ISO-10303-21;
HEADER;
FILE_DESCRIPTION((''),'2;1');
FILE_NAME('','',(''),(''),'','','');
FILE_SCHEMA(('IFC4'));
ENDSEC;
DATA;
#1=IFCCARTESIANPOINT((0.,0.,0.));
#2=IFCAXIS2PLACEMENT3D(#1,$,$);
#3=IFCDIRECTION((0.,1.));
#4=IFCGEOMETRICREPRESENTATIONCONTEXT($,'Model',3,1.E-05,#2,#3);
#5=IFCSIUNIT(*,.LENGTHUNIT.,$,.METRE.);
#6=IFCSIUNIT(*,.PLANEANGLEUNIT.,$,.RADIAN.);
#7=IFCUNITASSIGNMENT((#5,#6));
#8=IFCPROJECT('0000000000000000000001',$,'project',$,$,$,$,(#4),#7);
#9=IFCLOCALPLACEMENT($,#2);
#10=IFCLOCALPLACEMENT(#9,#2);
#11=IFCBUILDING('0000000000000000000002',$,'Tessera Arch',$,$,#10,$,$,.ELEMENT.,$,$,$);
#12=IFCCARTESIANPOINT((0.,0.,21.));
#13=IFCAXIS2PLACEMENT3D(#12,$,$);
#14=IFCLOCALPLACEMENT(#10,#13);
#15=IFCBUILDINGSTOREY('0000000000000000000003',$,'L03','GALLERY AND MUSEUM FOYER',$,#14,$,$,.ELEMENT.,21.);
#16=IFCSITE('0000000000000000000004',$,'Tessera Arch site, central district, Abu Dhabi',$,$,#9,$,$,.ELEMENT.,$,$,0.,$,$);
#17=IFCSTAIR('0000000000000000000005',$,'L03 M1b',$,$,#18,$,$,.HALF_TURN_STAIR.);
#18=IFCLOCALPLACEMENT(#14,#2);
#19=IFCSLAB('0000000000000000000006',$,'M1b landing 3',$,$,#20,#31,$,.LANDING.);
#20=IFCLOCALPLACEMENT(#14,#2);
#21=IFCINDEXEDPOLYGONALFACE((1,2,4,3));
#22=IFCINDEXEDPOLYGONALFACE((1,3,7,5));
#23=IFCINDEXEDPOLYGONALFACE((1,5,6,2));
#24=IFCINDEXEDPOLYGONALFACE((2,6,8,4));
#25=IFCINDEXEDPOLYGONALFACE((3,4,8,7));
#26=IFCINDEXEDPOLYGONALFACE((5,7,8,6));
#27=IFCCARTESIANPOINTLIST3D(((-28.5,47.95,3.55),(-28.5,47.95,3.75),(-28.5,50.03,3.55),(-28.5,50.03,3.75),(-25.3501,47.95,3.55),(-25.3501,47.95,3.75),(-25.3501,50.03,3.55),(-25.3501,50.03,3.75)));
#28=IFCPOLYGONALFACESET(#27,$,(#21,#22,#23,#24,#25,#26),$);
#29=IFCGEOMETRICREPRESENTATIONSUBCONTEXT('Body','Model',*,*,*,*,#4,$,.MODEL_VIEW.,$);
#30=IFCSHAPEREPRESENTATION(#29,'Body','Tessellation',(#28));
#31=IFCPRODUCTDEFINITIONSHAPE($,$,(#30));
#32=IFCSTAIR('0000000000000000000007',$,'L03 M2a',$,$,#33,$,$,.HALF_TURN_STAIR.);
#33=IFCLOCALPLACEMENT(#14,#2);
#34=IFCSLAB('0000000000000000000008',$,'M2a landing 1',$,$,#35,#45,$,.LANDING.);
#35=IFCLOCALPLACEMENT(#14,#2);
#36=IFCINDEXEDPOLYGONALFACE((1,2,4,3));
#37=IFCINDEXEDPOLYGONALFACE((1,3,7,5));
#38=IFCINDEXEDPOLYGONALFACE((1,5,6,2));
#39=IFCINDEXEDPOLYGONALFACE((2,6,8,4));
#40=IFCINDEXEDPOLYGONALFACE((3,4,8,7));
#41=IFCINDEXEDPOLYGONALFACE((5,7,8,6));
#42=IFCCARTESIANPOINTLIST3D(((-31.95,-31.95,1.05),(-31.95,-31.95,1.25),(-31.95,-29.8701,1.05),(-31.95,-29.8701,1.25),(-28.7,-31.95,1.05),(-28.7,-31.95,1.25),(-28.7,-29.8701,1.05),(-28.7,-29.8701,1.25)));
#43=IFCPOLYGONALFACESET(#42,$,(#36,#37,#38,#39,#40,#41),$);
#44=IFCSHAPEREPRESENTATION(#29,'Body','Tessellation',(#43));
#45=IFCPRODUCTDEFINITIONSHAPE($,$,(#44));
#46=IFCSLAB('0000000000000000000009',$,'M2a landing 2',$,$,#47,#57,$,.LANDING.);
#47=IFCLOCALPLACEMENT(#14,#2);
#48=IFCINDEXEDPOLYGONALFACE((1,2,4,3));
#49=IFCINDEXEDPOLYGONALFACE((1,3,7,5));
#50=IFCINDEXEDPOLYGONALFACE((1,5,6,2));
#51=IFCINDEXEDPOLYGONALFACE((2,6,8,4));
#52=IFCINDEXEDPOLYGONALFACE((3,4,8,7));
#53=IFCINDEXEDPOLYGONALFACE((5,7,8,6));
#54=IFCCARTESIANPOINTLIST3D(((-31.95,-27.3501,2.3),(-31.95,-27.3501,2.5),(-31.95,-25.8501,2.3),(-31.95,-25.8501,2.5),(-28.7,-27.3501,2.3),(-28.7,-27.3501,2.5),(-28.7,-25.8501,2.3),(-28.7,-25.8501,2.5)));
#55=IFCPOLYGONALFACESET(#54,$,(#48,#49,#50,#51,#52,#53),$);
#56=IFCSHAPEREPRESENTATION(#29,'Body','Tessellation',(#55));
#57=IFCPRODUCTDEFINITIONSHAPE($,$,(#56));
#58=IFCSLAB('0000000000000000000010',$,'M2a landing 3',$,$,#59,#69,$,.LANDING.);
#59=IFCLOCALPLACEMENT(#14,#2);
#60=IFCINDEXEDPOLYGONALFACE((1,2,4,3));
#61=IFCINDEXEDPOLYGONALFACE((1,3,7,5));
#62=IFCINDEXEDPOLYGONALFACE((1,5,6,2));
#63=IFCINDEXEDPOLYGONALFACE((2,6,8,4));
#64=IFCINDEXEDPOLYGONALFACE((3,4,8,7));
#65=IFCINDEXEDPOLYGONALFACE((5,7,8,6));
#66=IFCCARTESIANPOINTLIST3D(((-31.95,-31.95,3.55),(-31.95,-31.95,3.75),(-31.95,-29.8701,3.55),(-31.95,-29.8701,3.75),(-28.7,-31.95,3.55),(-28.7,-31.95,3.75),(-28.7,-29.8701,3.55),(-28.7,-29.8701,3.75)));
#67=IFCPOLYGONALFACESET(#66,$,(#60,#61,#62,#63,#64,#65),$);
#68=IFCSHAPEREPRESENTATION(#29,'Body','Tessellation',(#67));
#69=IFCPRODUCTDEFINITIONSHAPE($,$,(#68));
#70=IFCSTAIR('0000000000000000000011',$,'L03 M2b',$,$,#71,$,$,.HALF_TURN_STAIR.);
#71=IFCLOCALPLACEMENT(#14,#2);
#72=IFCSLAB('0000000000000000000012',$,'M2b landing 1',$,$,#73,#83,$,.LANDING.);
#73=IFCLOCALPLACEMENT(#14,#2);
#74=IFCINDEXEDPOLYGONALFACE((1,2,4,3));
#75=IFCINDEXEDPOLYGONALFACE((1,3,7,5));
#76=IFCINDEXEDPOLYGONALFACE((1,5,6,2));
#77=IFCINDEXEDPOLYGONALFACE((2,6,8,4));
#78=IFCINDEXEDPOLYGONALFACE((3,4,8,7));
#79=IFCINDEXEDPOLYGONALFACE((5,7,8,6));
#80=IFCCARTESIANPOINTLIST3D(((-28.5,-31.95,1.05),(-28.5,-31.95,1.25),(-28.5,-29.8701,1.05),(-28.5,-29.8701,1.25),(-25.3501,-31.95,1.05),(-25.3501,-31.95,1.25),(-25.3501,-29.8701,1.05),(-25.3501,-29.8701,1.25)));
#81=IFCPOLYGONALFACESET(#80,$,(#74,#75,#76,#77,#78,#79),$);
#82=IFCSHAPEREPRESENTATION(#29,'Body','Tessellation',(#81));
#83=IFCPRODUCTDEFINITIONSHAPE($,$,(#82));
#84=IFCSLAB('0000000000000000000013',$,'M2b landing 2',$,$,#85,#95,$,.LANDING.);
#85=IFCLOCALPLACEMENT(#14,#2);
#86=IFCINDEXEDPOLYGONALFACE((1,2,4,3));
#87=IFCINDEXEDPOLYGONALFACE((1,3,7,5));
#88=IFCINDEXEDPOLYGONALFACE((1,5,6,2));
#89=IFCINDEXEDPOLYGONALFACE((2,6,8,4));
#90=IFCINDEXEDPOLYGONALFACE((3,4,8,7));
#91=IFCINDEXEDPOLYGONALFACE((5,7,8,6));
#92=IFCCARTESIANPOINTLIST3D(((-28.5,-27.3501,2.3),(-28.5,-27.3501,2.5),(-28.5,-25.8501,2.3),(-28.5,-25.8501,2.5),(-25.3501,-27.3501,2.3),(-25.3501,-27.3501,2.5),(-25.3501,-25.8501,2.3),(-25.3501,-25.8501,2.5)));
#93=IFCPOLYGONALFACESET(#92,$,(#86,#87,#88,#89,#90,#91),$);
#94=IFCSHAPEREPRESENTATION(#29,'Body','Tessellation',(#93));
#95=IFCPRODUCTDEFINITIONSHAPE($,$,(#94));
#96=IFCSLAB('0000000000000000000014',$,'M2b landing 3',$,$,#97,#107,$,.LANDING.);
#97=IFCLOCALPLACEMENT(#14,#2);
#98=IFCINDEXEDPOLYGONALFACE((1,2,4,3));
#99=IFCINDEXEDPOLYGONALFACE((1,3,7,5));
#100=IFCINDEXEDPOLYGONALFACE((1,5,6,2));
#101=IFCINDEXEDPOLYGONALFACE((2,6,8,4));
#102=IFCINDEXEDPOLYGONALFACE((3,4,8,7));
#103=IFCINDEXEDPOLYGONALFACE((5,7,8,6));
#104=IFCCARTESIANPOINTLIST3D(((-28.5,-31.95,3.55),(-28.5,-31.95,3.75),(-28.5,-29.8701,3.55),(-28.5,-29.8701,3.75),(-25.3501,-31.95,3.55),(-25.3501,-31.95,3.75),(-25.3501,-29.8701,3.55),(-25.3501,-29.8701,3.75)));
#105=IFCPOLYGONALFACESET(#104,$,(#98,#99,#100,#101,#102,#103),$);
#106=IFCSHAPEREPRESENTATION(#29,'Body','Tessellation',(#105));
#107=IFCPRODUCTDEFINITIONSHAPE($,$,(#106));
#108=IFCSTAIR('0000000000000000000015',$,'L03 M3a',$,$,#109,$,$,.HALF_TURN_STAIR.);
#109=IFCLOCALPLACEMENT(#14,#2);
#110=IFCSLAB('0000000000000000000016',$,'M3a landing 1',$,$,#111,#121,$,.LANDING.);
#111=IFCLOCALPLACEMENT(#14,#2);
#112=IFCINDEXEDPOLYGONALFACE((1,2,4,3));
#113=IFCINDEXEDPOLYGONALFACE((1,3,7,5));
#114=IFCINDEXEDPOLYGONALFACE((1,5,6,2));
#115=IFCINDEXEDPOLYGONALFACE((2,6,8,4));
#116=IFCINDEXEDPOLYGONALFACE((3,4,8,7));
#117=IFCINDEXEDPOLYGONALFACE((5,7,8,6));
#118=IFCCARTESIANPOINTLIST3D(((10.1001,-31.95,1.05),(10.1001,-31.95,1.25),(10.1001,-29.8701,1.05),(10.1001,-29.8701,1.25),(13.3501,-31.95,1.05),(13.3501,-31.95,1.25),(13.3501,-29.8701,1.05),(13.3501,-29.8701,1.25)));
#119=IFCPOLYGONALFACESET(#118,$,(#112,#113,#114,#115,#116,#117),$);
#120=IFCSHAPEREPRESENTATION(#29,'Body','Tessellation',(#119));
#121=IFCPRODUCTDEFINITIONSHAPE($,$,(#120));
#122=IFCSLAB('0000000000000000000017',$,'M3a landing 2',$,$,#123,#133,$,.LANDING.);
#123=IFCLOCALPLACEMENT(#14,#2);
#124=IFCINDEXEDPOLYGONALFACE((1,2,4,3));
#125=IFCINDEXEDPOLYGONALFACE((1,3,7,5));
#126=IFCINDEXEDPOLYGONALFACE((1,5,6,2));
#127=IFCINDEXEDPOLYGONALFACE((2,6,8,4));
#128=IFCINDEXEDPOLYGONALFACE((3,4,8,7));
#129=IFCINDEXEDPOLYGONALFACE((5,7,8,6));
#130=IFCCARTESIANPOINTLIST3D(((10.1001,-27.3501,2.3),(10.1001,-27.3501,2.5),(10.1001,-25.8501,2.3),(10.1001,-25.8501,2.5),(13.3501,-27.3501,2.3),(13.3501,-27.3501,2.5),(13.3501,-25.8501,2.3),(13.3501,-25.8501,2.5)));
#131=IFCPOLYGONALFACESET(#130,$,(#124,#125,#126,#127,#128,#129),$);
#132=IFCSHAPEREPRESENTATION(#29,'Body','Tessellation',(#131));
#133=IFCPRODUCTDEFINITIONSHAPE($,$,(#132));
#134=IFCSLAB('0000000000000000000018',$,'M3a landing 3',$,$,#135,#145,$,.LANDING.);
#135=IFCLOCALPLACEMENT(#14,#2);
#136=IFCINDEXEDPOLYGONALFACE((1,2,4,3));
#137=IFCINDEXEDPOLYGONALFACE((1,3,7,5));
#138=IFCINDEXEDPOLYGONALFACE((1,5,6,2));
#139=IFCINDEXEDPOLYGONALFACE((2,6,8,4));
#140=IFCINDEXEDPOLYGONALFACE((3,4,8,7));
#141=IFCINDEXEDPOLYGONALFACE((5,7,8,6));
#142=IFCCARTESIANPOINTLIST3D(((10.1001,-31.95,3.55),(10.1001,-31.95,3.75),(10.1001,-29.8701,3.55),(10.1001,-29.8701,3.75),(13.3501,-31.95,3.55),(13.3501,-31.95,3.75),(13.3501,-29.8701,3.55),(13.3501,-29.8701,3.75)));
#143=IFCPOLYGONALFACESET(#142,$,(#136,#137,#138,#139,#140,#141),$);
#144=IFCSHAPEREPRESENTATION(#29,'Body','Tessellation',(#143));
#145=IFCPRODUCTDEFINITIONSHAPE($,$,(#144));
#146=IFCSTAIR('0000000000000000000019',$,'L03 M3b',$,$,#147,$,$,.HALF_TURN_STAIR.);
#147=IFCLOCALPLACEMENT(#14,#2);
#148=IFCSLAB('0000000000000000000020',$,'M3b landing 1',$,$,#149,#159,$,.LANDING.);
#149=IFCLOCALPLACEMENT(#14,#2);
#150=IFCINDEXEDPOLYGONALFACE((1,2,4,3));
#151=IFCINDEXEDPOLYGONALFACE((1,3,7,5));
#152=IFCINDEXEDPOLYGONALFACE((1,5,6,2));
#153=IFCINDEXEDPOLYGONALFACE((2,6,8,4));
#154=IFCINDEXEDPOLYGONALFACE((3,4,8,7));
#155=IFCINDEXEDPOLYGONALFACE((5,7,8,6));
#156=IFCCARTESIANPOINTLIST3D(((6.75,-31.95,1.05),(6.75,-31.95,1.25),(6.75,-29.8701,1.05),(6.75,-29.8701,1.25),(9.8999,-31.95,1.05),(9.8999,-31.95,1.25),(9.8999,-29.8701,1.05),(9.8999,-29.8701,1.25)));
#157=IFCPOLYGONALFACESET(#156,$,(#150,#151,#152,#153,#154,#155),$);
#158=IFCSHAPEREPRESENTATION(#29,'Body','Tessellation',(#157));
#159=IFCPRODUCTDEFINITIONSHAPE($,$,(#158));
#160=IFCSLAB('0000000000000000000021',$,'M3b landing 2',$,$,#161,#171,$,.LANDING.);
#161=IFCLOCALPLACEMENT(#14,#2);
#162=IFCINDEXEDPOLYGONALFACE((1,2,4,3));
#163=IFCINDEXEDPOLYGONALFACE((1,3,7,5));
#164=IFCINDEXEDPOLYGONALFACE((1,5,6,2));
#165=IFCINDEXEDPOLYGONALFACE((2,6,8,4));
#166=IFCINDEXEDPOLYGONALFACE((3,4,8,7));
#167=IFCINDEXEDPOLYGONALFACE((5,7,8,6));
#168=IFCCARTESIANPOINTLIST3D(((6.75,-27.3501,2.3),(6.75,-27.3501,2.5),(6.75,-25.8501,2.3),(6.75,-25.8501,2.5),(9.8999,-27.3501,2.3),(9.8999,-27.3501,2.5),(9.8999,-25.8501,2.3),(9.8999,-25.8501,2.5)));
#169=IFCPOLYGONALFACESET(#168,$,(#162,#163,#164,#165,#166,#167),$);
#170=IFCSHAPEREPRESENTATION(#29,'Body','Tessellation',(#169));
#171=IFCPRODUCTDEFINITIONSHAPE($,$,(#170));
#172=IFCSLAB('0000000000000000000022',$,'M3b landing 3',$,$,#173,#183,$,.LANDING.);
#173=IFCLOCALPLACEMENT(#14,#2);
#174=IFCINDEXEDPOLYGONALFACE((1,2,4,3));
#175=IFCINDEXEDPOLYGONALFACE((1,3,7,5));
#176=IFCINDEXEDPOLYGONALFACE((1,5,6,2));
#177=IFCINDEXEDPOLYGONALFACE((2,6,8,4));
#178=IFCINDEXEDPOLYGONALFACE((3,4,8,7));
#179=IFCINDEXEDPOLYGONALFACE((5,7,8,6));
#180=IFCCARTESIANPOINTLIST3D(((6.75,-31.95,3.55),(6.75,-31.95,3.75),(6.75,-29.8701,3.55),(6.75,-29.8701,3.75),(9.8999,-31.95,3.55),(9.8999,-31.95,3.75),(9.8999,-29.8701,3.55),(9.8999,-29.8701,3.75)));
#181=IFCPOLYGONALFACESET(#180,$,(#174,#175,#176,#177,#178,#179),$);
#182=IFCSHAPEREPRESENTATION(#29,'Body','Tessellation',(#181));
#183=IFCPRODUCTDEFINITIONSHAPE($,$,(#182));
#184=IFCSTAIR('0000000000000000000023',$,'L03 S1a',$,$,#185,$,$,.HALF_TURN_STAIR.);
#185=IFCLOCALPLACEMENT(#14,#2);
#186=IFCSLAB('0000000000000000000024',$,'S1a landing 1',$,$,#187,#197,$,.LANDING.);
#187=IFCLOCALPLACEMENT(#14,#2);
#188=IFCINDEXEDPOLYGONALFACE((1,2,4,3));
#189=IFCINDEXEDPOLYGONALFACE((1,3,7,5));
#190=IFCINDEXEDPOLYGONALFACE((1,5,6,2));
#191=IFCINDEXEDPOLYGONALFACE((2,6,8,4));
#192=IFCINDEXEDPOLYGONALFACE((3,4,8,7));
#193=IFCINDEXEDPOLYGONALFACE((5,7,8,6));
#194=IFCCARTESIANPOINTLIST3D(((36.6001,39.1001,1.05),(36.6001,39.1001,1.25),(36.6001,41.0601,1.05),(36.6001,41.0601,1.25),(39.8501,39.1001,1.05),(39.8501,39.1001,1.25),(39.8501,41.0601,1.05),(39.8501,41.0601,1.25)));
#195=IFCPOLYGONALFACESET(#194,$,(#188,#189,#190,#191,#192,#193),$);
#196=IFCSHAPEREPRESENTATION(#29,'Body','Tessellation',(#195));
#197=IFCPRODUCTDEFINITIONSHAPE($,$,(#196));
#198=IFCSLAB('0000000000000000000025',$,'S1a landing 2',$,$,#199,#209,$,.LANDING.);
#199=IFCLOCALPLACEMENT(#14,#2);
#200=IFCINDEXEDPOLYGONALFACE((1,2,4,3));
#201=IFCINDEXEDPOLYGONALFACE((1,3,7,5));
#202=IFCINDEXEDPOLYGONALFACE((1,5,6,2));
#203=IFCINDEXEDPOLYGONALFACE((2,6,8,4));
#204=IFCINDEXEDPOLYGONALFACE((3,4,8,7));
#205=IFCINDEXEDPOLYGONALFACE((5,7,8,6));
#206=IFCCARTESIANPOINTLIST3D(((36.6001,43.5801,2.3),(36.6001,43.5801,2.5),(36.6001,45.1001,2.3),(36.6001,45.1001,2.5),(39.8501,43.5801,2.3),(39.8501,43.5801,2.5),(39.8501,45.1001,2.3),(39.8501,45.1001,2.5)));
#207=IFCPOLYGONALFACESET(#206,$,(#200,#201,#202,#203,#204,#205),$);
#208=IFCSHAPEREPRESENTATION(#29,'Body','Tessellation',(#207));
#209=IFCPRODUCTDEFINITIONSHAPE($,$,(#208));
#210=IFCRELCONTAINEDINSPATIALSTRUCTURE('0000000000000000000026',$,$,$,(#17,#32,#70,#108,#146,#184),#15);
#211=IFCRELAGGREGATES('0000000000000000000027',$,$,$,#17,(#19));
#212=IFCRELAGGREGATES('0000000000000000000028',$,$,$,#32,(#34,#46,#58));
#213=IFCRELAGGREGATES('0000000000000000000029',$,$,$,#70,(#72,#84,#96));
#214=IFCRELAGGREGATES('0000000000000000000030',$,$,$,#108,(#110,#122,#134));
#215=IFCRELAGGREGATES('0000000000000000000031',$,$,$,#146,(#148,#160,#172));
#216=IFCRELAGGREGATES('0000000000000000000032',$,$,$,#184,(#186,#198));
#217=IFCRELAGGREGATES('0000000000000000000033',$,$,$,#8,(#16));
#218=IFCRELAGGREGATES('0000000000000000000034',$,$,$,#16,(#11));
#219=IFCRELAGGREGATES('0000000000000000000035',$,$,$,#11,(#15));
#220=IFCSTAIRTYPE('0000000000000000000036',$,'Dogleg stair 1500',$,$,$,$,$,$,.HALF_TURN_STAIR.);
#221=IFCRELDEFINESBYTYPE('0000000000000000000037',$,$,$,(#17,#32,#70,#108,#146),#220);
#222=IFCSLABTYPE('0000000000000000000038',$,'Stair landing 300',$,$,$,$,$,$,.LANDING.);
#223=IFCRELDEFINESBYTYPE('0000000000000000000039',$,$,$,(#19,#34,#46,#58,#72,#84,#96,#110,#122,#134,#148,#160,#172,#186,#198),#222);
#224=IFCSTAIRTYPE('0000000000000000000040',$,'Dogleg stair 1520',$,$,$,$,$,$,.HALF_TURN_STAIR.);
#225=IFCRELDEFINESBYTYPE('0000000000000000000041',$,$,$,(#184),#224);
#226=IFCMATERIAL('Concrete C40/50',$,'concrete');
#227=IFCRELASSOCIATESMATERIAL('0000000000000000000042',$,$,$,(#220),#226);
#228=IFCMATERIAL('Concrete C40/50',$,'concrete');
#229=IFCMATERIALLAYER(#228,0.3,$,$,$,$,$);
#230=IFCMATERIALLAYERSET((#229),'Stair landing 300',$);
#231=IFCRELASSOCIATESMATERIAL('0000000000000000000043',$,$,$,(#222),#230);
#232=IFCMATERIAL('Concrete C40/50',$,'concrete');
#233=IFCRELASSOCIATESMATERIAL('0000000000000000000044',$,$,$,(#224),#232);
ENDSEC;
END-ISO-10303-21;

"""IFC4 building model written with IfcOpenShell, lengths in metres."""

from ifc_helpers import new_model, si_unit, direction, frame, origin, place, context, subcontext, project, spatial, polyline, outline, extrude, material, layer, layer_set, type_object, element, aggregate, save


model = new_model("IFC4")

# Units and contexts
model_context = context("Model", 3, precision=1e-05, world=origin(), true_north=direction((0.0, 1.0)))
body_context = subcontext(model_context, "Body", "Model", "MODEL_VIEW")
ifc_project = project(units=[si_unit("LENGTHUNIT", "METRE"), si_unit("PLANEANGLEUNIT", "RADIAN")], contexts=[model_context])

# Site, building, storey
site_placement = place(None, origin())
site = spatial("IfcSite", under=ifc_project, at=site_placement, Name="Tessera Arch site, central district, Abu Dhabi", CompositionType="ELEMENT", RefElevation=0.0)
building_placement = place(site_placement, origin())
building = spatial("IfcBuilding", under=site, at=building_placement, Name="Tessera Arch", CompositionType="ELEMENT")
storey_placement = place(building_placement, frame((0.0, 0.0, 21.0)))
storey = spatial("IfcBuildingStorey", under=building, at=storey_placement, Name="L03", Description="GALLERY AND MUSEUM FOYER", CompositionType="ELEMENT", Elevation=21.0)

# Stair, slab
ifc_material_1 = material(Name="Concrete C40/50", Category="concrete")
stair_type_1 = type_object("IfcStairType", Name="Dogleg stair 1500", PredefinedType="HALF_TURN_STAIR", material=ifc_material_1)
stair_1_placement = place(storey_placement, origin())
stair_1 = element("IfcStair", 1, at=stair_1_placement, inside=storey, type_object=stair_type_1, Name="L03 M1b", PredefinedType="HALF_TURN_STAIR")
ifc_material_2 = material(Name="Concrete C40/50", Category="concrete")
ifc_layer = layer(ifc_material_2, 0.3)
ifc_layer_set = layer_set([ifc_layer], Name="Stair landing 300")
slab_type = type_object("IfcSlabType", Name="Stair landing 300", PredefinedType="LANDING", material=ifc_layer_set)
slab_1_placement = place(storey_placement, frame((0.0, 0.0, 3.55)))
slab_1 = element("IfcSlab", 2, at=slab_1_placement, type_object=slab_type, Name="M1b landing 3", PredefinedType="LANDING", context=body_context, shape_type="SweptSolid", body=[
    extrude(outline(polyline([(-28.5, 50.03), (-28.5, 47.95), (-25.3501, 47.95), (-25.3501, 50.03), (-28.5, 50.03)])), origin(), (0.0, 0.0, 1.0), 0.2),
])
aggregate(stair_1, [slab_1])

# Stairs, slabs
stair_2_placement = place(storey_placement, origin())
stair_2 = element("IfcStair", 3, at=stair_2_placement, inside=storey, type_object=stair_type_1, Name="L03 M2a", PredefinedType="HALF_TURN_STAIR")
slab_2_placement = place(storey_placement, frame((0.0, 0.0, 1.05)))
slab_2 = element("IfcSlab", 4, at=slab_2_placement, type_object=slab_type, Name="M2a landing 1", PredefinedType="LANDING", context=body_context, shape_type="SweptSolid", body=[
    extrude(outline(polyline([(-31.95, -29.8701), (-31.95, -31.95), (-28.7, -31.95), (-28.7, -29.8701), (-31.95, -29.8701)])), origin(), (0.0, 0.0, 1.0), 0.2),
])
slab_3_placement = place(storey_placement, frame((0.0, 0.0, 2.3)))
slab_3 = element("IfcSlab", 5, at=slab_3_placement, type_object=slab_type, Name="M2a landing 2", PredefinedType="LANDING", context=body_context, shape_type="SweptSolid", body=[
    extrude(outline(polyline([(-31.95, -25.8501), (-31.95, -27.3501), (-28.7, -27.3501), (-28.7, -25.8501), (-31.95, -25.8501)])), origin(), (0.0, 0.0, 1.0), 0.2),
])
slab_4_placement = place(storey_placement, frame((0.0, 0.0, 3.55)))
slab_4 = element("IfcSlab", 6, at=slab_4_placement, type_object=slab_type, Name="M2a landing 3", PredefinedType="LANDING", context=body_context, shape_type="SweptSolid", body=[
    extrude(outline(polyline([(-31.95, -29.8701), (-31.95, -31.95), (-28.7, -31.95), (-28.7, -29.8701), (-31.95, -29.8701)])), origin(), (0.0, 0.0, 1.0), 0.2),
])
aggregate(stair_2, [slab_2, slab_3, slab_4])
stair_3_placement = place(storey_placement, origin())
stair_3 = element("IfcStair", 7, at=stair_3_placement, inside=storey, type_object=stair_type_1, Name="L03 M2b", PredefinedType="HALF_TURN_STAIR")
slab_5_placement = place(storey_placement, frame((0.0, 0.0, 1.05)))
slab_5 = element("IfcSlab", 8, at=slab_5_placement, type_object=slab_type, Name="M2b landing 1", PredefinedType="LANDING", context=body_context, shape_type="SweptSolid", body=[
    extrude(outline(polyline([(-28.5, -29.8701), (-28.5, -31.95), (-25.3501, -31.95), (-25.3501, -29.8701), (-28.5, -29.8701)])), origin(), (0.0, 0.0, 1.0), 0.2),
])
slab_6_placement = place(storey_placement, frame((0.0, 0.0, 2.3)))
slab_6 = element("IfcSlab", 9, at=slab_6_placement, type_object=slab_type, Name="M2b landing 2", PredefinedType="LANDING", context=body_context, shape_type="SweptSolid", body=[
    extrude(outline(polyline([(-28.5, -25.8501), (-28.5, -27.3501), (-25.3501, -27.3501), (-25.3501, -25.8501), (-28.5, -25.8501)])), origin(), (0.0, 0.0, 1.0), 0.2),
])
slab_7_placement = place(storey_placement, frame((0.0, 0.0, 3.55)))
slab_7 = element("IfcSlab", 10, at=slab_7_placement, type_object=slab_type, Name="M2b landing 3", PredefinedType="LANDING", context=body_context, shape_type="SweptSolid", body=[
    extrude(outline(polyline([(-28.5, -29.8701), (-28.5, -31.95), (-25.3501, -31.95), (-25.3501, -29.8701), (-28.5, -29.8701)])), origin(), (0.0, 0.0, 1.0), 0.2),
])
aggregate(stair_3, [slab_5, slab_6, slab_7])
stair_4_placement = place(storey_placement, origin())
stair_4 = element("IfcStair", 11, at=stair_4_placement, inside=storey, type_object=stair_type_1, Name="L03 M3a", PredefinedType="HALF_TURN_STAIR")
slab_8_placement = place(storey_placement, frame((0.0, 0.0, 1.05)))
slab_8 = element("IfcSlab", 12, at=slab_8_placement, type_object=slab_type, Name="M3a landing 1", PredefinedType="LANDING", context=body_context, shape_type="SweptSolid", body=[
    extrude(outline(polyline([(10.1001, -29.8701), (10.1001, -31.95), (13.3501, -31.95), (13.3501, -29.8701), (10.1001, -29.8701)])), origin(), (0.0, 0.0, 1.0), 0.2),
])
slab_9_placement = place(storey_placement, frame((0.0, 0.0, 2.3)))
slab_9 = element("IfcSlab", 13, at=slab_9_placement, type_object=slab_type, Name="M3a landing 2", PredefinedType="LANDING", context=body_context, shape_type="SweptSolid", body=[
    extrude(outline(polyline([(10.1001, -25.8501), (10.1001, -27.3501), (13.3501, -27.3501), (13.3501, -25.8501), (10.1001, -25.8501)])), origin(), (0.0, 0.0, 1.0), 0.2),
])
slab_10_placement = place(storey_placement, frame((0.0, 0.0, 3.55)))
slab_10 = element("IfcSlab", 14, at=slab_10_placement, type_object=slab_type, Name="M3a landing 3", PredefinedType="LANDING", context=body_context, shape_type="SweptSolid", body=[
    extrude(outline(polyline([(10.1001, -29.8701), (10.1001, -31.95), (13.3501, -31.95), (13.3501, -29.8701), (10.1001, -29.8701)])), origin(), (0.0, 0.0, 1.0), 0.2),
])
aggregate(stair_4, [slab_8, slab_9, slab_10])
stair_5_placement = place(storey_placement, origin())
stair_5 = element("IfcStair", 15, at=stair_5_placement, inside=storey, type_object=stair_type_1, Name="L03 M3b", PredefinedType="HALF_TURN_STAIR")
slab_11_placement = place(storey_placement, frame((0.0, 0.0, 1.05)))
slab_11 = element("IfcSlab", 16, at=slab_11_placement, type_object=slab_type, Name="M3b landing 1", PredefinedType="LANDING", context=body_context, shape_type="SweptSolid", body=[
    extrude(outline(polyline([(6.75, -29.8701), (6.75, -31.95), (9.8999, -31.95), (9.8999, -29.8701), (6.75, -29.8701)])), origin(), (0.0, 0.0, 1.0), 0.2),
])
slab_12_placement = place(storey_placement, frame((0.0, 0.0, 2.3)))
slab_12 = element("IfcSlab", 17, at=slab_12_placement, type_object=slab_type, Name="M3b landing 2", PredefinedType="LANDING", context=body_context, shape_type="SweptSolid", body=[
    extrude(outline(polyline([(6.75, -25.8501), (6.75, -27.3501), (9.8999, -27.3501), (9.8999, -25.8501), (6.75, -25.8501)])), origin(), (0.0, 0.0, 1.0), 0.2),
])
slab_13_placement = place(storey_placement, frame((0.0, 0.0, 3.55)))
slab_13 = element("IfcSlab", 18, at=slab_13_placement, type_object=slab_type, Name="M3b landing 3", PredefinedType="LANDING", context=body_context, shape_type="SweptSolid", body=[
    extrude(outline(polyline([(6.75, -29.8701), (6.75, -31.95), (9.8999, -31.95), (9.8999, -29.8701), (6.75, -29.8701)])), origin(), (0.0, 0.0, 1.0), 0.2),
])
aggregate(stair_5, [slab_11, slab_12, slab_13])
ifc_material_3 = material(Name="Concrete C40/50", Category="concrete")
stair_type_2 = type_object("IfcStairType", Name="Dogleg stair 1520", PredefinedType="HALF_TURN_STAIR", material=ifc_material_3)
stair_6_placement = place(storey_placement, origin())
stair_6 = element("IfcStair", 19, at=stair_6_placement, inside=storey, type_object=stair_type_2, Name="L03 S1a", PredefinedType="HALF_TURN_STAIR")
slab_14_placement = place(storey_placement, frame((0.0, 0.0, 1.05)))
slab_14 = element("IfcSlab", 20, at=slab_14_placement, type_object=slab_type, Name="S1a landing 1", PredefinedType="LANDING", context=body_context, shape_type="SweptSolid", body=[
    extrude(outline(polyline([(36.6001, 41.0601), (36.6001, 39.1001), (39.8501, 39.1001), (39.8501, 41.0601), (36.6001, 41.0601)])), origin(), (0.0, 0.0, 1.0), 0.2),
])
slab_15_placement = place(storey_placement, frame((0.0, 0.0, 2.3)))
slab_15 = element("IfcSlab", 21, at=slab_15_placement, type_object=slab_type, Name="S1a landing 2", PredefinedType="LANDING", context=body_context, shape_type="SweptSolid", body=[
    extrude(outline(polyline([(36.6001, 45.1001), (36.6001, 43.5801), (39.8501, 43.5801), (39.8501, 45.1001), (36.6001, 45.1001)])), origin(), (0.0, 0.0, 1.0), 0.2),
])
aggregate(stair_6, [slab_14, slab_15])

save(model, "model.ifc")
